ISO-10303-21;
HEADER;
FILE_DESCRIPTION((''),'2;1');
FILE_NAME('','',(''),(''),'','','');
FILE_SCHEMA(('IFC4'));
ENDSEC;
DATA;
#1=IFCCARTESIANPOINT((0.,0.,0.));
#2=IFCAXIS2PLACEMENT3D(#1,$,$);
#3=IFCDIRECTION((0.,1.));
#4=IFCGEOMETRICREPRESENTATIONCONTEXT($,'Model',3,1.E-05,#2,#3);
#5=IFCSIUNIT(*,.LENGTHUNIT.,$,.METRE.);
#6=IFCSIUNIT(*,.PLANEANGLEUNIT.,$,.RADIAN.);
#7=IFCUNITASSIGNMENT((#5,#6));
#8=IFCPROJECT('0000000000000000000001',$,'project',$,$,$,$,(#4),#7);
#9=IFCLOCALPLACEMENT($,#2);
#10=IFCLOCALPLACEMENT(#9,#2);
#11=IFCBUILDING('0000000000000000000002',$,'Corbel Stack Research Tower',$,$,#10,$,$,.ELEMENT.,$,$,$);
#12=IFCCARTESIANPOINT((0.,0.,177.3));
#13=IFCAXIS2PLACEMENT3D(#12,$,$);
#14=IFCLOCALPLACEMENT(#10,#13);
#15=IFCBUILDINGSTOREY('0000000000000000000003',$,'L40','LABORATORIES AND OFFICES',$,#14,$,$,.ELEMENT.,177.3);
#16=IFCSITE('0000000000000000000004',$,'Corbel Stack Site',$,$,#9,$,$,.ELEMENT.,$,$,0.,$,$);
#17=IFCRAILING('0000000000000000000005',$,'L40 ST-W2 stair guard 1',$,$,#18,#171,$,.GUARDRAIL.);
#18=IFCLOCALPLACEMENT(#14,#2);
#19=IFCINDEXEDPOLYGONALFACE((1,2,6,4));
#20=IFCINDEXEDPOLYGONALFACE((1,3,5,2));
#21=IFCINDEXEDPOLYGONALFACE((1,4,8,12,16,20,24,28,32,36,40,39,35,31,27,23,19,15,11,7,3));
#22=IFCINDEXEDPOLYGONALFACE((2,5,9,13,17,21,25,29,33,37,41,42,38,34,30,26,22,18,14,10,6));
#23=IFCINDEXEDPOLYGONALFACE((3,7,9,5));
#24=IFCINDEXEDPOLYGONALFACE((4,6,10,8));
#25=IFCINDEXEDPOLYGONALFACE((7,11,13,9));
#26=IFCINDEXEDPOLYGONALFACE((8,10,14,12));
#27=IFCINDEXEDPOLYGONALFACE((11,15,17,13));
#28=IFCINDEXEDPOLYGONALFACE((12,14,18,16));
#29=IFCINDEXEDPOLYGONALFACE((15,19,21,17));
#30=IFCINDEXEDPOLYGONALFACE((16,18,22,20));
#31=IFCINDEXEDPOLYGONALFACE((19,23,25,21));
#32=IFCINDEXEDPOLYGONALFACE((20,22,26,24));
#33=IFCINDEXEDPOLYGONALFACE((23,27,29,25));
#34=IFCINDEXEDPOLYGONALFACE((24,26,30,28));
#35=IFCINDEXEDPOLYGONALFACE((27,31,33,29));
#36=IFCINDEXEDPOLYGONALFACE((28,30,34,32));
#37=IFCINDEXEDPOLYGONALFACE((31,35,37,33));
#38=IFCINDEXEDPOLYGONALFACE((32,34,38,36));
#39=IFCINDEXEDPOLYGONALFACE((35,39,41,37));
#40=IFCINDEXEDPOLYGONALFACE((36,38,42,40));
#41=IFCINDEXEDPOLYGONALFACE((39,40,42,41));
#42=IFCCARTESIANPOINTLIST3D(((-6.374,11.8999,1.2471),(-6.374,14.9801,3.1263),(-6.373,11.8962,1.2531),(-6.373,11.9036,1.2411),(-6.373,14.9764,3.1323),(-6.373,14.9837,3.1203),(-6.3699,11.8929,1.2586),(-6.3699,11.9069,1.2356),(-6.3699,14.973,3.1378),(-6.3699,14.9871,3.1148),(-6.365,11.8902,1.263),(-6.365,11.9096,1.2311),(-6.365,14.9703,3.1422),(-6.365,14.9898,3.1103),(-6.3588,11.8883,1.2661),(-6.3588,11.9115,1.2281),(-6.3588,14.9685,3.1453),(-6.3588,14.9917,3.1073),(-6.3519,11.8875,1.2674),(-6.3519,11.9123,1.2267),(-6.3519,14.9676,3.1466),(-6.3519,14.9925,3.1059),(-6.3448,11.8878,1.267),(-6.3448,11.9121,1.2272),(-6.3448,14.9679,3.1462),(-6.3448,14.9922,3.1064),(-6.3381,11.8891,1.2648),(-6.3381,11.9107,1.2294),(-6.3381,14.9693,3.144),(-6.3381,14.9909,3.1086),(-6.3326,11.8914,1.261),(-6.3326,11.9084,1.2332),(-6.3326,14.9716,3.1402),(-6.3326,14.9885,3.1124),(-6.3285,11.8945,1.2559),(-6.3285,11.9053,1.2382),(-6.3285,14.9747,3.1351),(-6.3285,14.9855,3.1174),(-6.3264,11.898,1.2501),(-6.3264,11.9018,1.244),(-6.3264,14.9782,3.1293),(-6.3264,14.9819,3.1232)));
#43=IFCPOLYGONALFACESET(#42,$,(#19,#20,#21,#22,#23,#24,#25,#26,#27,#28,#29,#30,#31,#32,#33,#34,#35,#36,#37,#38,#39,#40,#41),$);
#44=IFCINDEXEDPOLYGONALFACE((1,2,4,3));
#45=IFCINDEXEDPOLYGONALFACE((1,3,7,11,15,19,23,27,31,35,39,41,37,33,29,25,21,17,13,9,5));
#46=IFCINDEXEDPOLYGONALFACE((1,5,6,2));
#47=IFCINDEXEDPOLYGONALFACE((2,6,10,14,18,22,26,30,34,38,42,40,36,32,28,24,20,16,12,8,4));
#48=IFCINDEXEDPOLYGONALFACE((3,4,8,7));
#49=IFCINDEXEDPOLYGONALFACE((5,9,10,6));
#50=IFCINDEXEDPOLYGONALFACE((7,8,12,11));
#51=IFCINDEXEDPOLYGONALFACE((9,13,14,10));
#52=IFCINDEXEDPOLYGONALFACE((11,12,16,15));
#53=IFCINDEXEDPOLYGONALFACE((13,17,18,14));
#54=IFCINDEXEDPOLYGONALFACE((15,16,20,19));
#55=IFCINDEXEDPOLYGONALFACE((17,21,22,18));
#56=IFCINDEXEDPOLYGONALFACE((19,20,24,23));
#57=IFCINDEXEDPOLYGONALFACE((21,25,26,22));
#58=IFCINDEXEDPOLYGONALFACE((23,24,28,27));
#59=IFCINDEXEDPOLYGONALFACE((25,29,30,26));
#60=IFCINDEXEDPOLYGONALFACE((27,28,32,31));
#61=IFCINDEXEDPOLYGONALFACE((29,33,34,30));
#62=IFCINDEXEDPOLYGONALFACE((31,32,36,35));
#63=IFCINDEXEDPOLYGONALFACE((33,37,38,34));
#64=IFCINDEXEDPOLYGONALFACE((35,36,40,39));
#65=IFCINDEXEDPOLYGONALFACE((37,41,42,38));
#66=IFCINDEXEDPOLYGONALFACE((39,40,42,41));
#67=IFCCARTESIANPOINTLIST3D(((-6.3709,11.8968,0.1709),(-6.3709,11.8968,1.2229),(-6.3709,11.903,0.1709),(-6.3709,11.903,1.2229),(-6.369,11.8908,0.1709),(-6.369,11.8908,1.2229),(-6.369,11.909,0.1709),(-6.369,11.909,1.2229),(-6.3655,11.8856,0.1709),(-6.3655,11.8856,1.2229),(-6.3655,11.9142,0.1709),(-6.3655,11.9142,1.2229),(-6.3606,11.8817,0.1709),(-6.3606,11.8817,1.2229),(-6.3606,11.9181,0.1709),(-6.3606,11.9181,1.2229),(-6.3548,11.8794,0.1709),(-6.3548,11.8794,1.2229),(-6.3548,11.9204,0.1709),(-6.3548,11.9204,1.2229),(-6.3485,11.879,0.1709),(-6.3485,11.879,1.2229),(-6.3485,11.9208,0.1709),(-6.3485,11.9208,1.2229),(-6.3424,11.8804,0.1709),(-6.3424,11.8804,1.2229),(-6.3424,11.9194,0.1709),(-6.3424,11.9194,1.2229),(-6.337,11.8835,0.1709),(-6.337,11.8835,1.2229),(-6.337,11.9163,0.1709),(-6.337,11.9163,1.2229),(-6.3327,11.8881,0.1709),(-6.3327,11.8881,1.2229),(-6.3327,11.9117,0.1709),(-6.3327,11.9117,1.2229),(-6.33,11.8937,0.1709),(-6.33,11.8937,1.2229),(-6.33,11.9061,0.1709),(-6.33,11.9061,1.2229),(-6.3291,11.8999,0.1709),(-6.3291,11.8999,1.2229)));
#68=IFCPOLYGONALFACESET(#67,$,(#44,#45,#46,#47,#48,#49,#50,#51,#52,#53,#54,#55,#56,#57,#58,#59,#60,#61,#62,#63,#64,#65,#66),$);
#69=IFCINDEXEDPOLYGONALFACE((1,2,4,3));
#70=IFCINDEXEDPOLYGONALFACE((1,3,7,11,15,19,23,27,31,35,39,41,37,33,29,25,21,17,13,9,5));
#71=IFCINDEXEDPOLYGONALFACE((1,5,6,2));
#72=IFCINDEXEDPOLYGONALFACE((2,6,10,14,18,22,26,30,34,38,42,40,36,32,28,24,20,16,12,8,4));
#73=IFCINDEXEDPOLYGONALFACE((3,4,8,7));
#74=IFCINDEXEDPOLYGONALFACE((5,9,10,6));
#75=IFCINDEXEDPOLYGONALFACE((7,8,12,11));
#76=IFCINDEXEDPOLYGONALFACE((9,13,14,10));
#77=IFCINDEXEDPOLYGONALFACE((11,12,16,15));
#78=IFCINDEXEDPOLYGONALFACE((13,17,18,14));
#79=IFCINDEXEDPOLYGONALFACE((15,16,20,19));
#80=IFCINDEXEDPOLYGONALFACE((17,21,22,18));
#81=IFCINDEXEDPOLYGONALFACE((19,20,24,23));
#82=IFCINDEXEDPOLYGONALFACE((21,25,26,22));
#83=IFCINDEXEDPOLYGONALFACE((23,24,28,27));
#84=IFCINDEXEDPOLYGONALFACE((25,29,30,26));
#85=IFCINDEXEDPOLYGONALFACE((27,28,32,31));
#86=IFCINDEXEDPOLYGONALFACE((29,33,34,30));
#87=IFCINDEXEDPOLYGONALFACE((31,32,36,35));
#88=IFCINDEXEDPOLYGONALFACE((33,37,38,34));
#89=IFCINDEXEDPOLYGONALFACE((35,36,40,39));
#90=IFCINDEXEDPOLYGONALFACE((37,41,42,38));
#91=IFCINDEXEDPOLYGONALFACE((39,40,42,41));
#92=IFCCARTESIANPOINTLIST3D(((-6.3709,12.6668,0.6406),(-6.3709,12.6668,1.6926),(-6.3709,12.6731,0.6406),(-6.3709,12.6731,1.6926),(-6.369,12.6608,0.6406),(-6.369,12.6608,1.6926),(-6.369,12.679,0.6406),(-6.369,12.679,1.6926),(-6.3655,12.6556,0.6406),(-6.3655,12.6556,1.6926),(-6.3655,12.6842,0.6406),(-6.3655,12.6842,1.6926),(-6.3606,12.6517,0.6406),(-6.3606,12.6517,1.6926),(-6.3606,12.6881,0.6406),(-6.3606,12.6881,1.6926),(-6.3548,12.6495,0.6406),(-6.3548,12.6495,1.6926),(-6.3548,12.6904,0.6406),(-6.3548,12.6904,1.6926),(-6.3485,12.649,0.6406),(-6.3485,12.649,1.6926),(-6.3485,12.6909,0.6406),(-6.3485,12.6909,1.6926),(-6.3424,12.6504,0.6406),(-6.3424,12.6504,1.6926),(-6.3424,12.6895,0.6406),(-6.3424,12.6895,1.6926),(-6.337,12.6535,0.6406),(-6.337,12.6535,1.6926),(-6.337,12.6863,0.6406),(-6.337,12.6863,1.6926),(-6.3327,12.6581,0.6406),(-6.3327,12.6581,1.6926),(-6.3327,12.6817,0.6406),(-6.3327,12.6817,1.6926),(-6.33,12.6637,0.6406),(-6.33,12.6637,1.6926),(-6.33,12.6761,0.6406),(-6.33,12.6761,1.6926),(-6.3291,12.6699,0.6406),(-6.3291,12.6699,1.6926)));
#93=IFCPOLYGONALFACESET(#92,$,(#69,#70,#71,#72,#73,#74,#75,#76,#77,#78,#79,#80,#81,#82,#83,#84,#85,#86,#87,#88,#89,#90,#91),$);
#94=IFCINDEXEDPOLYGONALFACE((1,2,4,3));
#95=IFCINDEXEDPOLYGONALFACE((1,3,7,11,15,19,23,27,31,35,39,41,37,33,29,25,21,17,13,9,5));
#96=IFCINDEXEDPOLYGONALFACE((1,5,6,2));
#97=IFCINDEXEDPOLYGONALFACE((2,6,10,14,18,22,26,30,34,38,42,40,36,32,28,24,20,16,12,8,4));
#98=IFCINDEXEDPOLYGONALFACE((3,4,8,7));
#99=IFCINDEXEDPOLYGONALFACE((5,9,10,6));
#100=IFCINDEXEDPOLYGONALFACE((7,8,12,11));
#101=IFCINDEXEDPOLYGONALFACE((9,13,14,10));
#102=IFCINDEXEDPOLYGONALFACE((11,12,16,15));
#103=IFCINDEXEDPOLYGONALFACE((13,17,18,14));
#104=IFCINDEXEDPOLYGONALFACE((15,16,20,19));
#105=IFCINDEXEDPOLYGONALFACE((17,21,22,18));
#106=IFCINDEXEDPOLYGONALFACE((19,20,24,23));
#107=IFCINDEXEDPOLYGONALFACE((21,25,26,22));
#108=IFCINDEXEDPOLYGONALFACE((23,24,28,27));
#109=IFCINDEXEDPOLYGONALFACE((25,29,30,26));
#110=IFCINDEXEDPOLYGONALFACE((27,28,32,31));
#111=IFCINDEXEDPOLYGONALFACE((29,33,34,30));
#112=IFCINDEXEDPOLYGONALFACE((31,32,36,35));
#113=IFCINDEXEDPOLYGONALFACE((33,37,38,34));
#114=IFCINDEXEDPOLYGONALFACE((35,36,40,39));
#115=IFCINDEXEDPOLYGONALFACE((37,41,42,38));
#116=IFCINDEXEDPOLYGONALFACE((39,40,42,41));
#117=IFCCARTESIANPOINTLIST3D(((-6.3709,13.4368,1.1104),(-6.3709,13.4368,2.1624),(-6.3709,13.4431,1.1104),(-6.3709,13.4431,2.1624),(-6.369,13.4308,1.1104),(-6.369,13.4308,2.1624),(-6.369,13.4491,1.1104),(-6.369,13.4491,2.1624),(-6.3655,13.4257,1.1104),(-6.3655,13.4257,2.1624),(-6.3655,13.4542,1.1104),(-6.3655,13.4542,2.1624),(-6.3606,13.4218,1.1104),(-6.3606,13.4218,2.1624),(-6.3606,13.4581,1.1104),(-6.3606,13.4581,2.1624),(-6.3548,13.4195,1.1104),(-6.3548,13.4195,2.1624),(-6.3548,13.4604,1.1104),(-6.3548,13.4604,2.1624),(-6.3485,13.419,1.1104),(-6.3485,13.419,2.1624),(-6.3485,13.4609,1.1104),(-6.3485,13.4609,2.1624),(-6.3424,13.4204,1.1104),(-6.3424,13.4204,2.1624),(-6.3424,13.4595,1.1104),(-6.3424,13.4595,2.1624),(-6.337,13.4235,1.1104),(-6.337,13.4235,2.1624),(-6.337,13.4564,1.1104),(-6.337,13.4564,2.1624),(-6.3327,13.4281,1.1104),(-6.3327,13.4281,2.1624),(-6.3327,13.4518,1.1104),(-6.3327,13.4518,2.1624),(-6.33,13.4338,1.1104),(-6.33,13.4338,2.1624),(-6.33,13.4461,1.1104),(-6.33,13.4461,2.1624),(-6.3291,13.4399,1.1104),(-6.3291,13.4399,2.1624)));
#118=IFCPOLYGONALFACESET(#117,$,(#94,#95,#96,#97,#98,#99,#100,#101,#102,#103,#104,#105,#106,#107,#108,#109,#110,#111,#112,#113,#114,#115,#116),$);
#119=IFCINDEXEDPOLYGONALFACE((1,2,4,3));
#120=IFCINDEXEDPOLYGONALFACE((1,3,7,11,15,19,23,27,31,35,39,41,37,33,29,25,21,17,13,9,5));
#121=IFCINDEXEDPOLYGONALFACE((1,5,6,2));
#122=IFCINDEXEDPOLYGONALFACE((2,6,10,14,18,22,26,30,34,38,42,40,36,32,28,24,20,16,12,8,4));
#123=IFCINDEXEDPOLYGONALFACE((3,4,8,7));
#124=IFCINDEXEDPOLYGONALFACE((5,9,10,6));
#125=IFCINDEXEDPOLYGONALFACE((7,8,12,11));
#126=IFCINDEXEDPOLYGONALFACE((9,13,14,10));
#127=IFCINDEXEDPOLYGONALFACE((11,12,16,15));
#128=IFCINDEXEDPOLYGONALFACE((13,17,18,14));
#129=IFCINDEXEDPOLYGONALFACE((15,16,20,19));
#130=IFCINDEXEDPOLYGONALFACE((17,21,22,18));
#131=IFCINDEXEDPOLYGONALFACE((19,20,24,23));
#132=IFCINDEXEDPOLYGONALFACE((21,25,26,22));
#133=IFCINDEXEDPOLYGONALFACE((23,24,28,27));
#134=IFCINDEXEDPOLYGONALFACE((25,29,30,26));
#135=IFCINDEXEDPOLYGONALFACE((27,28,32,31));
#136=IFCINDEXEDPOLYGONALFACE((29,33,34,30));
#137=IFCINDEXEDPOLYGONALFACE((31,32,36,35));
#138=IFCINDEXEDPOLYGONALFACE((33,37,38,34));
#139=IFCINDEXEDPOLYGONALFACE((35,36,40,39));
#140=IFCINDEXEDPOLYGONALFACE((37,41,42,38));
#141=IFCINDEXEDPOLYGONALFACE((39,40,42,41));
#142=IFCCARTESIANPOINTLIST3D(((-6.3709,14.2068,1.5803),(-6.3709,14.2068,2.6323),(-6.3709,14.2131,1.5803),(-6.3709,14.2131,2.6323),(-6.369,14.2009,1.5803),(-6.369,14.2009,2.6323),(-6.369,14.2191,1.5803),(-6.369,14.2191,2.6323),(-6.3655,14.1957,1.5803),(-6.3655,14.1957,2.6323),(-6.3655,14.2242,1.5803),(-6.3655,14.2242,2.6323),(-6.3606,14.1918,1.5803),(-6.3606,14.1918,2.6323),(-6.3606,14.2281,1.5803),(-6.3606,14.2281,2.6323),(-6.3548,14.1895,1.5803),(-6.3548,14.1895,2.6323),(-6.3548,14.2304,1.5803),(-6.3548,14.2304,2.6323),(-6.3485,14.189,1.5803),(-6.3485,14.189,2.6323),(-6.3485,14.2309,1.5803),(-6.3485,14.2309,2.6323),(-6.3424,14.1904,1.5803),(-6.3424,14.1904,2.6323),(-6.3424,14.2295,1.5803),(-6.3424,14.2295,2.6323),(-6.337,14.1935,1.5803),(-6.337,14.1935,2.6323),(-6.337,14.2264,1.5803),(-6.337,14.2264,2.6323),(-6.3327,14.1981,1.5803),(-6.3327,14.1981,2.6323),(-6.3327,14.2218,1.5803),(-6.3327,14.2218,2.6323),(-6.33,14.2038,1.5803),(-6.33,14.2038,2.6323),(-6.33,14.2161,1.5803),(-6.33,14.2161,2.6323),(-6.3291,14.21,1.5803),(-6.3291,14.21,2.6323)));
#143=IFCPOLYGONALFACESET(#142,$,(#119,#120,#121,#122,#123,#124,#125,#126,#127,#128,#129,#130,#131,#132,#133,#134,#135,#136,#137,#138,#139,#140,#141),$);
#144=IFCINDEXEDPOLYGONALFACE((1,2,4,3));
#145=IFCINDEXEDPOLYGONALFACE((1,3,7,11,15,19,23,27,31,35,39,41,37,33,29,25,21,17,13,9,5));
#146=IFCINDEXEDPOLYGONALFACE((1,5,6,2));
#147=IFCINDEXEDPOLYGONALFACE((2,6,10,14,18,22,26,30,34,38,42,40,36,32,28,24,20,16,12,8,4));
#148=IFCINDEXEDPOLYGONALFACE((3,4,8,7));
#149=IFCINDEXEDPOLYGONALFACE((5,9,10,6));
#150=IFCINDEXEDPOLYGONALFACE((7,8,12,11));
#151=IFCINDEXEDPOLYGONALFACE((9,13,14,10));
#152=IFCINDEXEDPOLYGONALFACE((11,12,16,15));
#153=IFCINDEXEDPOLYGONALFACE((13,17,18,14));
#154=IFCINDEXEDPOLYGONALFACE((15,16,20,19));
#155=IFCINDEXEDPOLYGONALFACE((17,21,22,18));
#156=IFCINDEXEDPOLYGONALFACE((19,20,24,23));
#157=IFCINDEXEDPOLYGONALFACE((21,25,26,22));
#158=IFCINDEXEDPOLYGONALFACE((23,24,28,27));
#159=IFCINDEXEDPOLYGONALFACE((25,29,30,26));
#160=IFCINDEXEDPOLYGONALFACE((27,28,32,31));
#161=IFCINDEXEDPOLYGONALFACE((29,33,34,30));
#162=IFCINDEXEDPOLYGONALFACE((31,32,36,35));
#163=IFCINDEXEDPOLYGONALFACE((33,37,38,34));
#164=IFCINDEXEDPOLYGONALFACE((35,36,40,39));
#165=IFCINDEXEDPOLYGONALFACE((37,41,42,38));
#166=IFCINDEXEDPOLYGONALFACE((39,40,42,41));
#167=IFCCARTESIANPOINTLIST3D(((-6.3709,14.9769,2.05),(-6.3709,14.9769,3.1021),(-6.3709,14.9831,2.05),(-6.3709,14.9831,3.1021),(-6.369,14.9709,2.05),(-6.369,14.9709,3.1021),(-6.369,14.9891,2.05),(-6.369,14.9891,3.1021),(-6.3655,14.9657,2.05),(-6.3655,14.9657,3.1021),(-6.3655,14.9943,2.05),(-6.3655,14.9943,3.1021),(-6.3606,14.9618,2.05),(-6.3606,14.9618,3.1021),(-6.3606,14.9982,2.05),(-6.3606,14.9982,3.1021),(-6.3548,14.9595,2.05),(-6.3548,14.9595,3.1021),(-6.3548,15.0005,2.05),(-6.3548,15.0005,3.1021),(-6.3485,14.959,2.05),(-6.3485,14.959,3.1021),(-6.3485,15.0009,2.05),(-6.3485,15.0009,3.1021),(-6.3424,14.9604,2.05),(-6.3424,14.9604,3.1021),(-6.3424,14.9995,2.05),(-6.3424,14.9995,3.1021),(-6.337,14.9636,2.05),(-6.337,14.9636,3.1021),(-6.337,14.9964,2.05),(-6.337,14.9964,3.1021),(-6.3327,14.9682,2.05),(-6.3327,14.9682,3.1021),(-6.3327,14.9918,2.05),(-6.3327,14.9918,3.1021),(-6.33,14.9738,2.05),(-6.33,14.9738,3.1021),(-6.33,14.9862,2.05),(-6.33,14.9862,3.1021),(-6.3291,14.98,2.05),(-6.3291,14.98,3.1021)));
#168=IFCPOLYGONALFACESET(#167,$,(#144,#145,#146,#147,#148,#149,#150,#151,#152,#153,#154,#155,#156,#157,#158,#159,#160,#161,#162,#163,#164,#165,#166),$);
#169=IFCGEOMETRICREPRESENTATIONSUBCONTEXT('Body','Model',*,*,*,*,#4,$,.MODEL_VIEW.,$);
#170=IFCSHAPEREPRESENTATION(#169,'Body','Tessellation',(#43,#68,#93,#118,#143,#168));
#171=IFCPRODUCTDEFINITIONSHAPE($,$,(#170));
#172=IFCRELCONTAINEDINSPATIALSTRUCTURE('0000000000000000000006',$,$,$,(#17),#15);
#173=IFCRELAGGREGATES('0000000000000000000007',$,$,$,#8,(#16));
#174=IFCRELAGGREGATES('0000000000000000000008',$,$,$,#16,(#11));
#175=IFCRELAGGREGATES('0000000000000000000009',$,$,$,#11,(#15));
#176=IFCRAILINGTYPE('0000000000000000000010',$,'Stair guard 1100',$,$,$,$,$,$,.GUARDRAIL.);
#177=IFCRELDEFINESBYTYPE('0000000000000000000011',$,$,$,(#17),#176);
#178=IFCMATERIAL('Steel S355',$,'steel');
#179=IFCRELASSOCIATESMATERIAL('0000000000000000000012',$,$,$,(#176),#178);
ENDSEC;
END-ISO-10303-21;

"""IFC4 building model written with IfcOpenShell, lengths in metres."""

from ifc_helpers import new_model, si_unit, direction, frame, origin, origin_2d, place, context, subcontext, project, spatial, circle, extrude, material, type_object, element, save


model = new_model("IFC4")

# Units and contexts
model_context = context("Model", 3, precision=1e-05, world=origin(), true_north=direction((0.0, 1.0)))
body_context = subcontext(model_context, "Body", "Model", "MODEL_VIEW")
ifc_project = project(units=[si_unit("LENGTHUNIT", "METRE"), si_unit("PLANEANGLEUNIT", "RADIAN")], contexts=[model_context])

# Site, building, storey
site_placement = place(None, origin())
site = spatial("IfcSite", under=ifc_project, at=site_placement, Name="Corbel Stack Site", CompositionType="ELEMENT", RefElevation=0.0)
building_placement = place(site_placement, origin())
building = spatial("IfcBuilding", under=site, at=building_placement, Name="Corbel Stack Research Tower", CompositionType="ELEMENT")
storey_placement = place(building_placement, frame((0.0, 0.0, 177.3)))
storey = spatial("IfcBuildingStorey", under=building, at=storey_placement, Name="L40", Description="LABORATORIES AND OFFICES", CompositionType="ELEMENT", Elevation=177.3)

# Railing
ifc_material_1 = material(Name="Steel S355", Category="steel")
railing_type_1 = type_object("IfcRailingType", Name="Stair guard 1100", PredefinedType="GUARDRAIL", material=ifc_material_1)
railing_1_placement = place(storey_placement, frame((-6.3501, 11.8999, 0.1709)))
element("IfcRailing", 1, at=railing_1_placement, inside=storey, type_object=railing_type_1, Name="L40 ST-W2 stair guard 1", PredefinedType="GUARDRAIL", context=body_context, shape_type="SweptSolid", body=[
    extrude(circle(Radius=0.0239, at=origin_2d()), frame((0.0, 0.0, 1.0762), z_axis=(0.0, 0.853666, 0.52082), x_axis=(-1.0, 0.0, 0.0)), (0.0, 0.0, 1.0), 3.6082),
    extrude(circle(Radius=0.021, at=origin_2d()), origin(), (0.0, 0.0, 1.0), 1.052),
    extrude(circle(Radius=0.021, at=origin_2d()), frame((0.0, 0.77, 0.4697)), (0.0, 0.0, 1.0), 1.052),
    extrude(circle(Radius=0.021, at=origin_2d()), frame((0.0, 1.54, 0.9395)), (0.0, 0.0, 1.0), 1.052),
    extrude(circle(Radius=0.021, at=origin_2d()), frame((0.0, 2.3101, 1.4094)), (0.0, 0.0, 1.0), 1.052),
    extrude(circle(Radius=0.021, at=origin_2d()), frame((0.0, 3.0801, 1.8792)), (0.0, 0.0, 1.0), 1.052),
])

save(model, "model.ifc")
